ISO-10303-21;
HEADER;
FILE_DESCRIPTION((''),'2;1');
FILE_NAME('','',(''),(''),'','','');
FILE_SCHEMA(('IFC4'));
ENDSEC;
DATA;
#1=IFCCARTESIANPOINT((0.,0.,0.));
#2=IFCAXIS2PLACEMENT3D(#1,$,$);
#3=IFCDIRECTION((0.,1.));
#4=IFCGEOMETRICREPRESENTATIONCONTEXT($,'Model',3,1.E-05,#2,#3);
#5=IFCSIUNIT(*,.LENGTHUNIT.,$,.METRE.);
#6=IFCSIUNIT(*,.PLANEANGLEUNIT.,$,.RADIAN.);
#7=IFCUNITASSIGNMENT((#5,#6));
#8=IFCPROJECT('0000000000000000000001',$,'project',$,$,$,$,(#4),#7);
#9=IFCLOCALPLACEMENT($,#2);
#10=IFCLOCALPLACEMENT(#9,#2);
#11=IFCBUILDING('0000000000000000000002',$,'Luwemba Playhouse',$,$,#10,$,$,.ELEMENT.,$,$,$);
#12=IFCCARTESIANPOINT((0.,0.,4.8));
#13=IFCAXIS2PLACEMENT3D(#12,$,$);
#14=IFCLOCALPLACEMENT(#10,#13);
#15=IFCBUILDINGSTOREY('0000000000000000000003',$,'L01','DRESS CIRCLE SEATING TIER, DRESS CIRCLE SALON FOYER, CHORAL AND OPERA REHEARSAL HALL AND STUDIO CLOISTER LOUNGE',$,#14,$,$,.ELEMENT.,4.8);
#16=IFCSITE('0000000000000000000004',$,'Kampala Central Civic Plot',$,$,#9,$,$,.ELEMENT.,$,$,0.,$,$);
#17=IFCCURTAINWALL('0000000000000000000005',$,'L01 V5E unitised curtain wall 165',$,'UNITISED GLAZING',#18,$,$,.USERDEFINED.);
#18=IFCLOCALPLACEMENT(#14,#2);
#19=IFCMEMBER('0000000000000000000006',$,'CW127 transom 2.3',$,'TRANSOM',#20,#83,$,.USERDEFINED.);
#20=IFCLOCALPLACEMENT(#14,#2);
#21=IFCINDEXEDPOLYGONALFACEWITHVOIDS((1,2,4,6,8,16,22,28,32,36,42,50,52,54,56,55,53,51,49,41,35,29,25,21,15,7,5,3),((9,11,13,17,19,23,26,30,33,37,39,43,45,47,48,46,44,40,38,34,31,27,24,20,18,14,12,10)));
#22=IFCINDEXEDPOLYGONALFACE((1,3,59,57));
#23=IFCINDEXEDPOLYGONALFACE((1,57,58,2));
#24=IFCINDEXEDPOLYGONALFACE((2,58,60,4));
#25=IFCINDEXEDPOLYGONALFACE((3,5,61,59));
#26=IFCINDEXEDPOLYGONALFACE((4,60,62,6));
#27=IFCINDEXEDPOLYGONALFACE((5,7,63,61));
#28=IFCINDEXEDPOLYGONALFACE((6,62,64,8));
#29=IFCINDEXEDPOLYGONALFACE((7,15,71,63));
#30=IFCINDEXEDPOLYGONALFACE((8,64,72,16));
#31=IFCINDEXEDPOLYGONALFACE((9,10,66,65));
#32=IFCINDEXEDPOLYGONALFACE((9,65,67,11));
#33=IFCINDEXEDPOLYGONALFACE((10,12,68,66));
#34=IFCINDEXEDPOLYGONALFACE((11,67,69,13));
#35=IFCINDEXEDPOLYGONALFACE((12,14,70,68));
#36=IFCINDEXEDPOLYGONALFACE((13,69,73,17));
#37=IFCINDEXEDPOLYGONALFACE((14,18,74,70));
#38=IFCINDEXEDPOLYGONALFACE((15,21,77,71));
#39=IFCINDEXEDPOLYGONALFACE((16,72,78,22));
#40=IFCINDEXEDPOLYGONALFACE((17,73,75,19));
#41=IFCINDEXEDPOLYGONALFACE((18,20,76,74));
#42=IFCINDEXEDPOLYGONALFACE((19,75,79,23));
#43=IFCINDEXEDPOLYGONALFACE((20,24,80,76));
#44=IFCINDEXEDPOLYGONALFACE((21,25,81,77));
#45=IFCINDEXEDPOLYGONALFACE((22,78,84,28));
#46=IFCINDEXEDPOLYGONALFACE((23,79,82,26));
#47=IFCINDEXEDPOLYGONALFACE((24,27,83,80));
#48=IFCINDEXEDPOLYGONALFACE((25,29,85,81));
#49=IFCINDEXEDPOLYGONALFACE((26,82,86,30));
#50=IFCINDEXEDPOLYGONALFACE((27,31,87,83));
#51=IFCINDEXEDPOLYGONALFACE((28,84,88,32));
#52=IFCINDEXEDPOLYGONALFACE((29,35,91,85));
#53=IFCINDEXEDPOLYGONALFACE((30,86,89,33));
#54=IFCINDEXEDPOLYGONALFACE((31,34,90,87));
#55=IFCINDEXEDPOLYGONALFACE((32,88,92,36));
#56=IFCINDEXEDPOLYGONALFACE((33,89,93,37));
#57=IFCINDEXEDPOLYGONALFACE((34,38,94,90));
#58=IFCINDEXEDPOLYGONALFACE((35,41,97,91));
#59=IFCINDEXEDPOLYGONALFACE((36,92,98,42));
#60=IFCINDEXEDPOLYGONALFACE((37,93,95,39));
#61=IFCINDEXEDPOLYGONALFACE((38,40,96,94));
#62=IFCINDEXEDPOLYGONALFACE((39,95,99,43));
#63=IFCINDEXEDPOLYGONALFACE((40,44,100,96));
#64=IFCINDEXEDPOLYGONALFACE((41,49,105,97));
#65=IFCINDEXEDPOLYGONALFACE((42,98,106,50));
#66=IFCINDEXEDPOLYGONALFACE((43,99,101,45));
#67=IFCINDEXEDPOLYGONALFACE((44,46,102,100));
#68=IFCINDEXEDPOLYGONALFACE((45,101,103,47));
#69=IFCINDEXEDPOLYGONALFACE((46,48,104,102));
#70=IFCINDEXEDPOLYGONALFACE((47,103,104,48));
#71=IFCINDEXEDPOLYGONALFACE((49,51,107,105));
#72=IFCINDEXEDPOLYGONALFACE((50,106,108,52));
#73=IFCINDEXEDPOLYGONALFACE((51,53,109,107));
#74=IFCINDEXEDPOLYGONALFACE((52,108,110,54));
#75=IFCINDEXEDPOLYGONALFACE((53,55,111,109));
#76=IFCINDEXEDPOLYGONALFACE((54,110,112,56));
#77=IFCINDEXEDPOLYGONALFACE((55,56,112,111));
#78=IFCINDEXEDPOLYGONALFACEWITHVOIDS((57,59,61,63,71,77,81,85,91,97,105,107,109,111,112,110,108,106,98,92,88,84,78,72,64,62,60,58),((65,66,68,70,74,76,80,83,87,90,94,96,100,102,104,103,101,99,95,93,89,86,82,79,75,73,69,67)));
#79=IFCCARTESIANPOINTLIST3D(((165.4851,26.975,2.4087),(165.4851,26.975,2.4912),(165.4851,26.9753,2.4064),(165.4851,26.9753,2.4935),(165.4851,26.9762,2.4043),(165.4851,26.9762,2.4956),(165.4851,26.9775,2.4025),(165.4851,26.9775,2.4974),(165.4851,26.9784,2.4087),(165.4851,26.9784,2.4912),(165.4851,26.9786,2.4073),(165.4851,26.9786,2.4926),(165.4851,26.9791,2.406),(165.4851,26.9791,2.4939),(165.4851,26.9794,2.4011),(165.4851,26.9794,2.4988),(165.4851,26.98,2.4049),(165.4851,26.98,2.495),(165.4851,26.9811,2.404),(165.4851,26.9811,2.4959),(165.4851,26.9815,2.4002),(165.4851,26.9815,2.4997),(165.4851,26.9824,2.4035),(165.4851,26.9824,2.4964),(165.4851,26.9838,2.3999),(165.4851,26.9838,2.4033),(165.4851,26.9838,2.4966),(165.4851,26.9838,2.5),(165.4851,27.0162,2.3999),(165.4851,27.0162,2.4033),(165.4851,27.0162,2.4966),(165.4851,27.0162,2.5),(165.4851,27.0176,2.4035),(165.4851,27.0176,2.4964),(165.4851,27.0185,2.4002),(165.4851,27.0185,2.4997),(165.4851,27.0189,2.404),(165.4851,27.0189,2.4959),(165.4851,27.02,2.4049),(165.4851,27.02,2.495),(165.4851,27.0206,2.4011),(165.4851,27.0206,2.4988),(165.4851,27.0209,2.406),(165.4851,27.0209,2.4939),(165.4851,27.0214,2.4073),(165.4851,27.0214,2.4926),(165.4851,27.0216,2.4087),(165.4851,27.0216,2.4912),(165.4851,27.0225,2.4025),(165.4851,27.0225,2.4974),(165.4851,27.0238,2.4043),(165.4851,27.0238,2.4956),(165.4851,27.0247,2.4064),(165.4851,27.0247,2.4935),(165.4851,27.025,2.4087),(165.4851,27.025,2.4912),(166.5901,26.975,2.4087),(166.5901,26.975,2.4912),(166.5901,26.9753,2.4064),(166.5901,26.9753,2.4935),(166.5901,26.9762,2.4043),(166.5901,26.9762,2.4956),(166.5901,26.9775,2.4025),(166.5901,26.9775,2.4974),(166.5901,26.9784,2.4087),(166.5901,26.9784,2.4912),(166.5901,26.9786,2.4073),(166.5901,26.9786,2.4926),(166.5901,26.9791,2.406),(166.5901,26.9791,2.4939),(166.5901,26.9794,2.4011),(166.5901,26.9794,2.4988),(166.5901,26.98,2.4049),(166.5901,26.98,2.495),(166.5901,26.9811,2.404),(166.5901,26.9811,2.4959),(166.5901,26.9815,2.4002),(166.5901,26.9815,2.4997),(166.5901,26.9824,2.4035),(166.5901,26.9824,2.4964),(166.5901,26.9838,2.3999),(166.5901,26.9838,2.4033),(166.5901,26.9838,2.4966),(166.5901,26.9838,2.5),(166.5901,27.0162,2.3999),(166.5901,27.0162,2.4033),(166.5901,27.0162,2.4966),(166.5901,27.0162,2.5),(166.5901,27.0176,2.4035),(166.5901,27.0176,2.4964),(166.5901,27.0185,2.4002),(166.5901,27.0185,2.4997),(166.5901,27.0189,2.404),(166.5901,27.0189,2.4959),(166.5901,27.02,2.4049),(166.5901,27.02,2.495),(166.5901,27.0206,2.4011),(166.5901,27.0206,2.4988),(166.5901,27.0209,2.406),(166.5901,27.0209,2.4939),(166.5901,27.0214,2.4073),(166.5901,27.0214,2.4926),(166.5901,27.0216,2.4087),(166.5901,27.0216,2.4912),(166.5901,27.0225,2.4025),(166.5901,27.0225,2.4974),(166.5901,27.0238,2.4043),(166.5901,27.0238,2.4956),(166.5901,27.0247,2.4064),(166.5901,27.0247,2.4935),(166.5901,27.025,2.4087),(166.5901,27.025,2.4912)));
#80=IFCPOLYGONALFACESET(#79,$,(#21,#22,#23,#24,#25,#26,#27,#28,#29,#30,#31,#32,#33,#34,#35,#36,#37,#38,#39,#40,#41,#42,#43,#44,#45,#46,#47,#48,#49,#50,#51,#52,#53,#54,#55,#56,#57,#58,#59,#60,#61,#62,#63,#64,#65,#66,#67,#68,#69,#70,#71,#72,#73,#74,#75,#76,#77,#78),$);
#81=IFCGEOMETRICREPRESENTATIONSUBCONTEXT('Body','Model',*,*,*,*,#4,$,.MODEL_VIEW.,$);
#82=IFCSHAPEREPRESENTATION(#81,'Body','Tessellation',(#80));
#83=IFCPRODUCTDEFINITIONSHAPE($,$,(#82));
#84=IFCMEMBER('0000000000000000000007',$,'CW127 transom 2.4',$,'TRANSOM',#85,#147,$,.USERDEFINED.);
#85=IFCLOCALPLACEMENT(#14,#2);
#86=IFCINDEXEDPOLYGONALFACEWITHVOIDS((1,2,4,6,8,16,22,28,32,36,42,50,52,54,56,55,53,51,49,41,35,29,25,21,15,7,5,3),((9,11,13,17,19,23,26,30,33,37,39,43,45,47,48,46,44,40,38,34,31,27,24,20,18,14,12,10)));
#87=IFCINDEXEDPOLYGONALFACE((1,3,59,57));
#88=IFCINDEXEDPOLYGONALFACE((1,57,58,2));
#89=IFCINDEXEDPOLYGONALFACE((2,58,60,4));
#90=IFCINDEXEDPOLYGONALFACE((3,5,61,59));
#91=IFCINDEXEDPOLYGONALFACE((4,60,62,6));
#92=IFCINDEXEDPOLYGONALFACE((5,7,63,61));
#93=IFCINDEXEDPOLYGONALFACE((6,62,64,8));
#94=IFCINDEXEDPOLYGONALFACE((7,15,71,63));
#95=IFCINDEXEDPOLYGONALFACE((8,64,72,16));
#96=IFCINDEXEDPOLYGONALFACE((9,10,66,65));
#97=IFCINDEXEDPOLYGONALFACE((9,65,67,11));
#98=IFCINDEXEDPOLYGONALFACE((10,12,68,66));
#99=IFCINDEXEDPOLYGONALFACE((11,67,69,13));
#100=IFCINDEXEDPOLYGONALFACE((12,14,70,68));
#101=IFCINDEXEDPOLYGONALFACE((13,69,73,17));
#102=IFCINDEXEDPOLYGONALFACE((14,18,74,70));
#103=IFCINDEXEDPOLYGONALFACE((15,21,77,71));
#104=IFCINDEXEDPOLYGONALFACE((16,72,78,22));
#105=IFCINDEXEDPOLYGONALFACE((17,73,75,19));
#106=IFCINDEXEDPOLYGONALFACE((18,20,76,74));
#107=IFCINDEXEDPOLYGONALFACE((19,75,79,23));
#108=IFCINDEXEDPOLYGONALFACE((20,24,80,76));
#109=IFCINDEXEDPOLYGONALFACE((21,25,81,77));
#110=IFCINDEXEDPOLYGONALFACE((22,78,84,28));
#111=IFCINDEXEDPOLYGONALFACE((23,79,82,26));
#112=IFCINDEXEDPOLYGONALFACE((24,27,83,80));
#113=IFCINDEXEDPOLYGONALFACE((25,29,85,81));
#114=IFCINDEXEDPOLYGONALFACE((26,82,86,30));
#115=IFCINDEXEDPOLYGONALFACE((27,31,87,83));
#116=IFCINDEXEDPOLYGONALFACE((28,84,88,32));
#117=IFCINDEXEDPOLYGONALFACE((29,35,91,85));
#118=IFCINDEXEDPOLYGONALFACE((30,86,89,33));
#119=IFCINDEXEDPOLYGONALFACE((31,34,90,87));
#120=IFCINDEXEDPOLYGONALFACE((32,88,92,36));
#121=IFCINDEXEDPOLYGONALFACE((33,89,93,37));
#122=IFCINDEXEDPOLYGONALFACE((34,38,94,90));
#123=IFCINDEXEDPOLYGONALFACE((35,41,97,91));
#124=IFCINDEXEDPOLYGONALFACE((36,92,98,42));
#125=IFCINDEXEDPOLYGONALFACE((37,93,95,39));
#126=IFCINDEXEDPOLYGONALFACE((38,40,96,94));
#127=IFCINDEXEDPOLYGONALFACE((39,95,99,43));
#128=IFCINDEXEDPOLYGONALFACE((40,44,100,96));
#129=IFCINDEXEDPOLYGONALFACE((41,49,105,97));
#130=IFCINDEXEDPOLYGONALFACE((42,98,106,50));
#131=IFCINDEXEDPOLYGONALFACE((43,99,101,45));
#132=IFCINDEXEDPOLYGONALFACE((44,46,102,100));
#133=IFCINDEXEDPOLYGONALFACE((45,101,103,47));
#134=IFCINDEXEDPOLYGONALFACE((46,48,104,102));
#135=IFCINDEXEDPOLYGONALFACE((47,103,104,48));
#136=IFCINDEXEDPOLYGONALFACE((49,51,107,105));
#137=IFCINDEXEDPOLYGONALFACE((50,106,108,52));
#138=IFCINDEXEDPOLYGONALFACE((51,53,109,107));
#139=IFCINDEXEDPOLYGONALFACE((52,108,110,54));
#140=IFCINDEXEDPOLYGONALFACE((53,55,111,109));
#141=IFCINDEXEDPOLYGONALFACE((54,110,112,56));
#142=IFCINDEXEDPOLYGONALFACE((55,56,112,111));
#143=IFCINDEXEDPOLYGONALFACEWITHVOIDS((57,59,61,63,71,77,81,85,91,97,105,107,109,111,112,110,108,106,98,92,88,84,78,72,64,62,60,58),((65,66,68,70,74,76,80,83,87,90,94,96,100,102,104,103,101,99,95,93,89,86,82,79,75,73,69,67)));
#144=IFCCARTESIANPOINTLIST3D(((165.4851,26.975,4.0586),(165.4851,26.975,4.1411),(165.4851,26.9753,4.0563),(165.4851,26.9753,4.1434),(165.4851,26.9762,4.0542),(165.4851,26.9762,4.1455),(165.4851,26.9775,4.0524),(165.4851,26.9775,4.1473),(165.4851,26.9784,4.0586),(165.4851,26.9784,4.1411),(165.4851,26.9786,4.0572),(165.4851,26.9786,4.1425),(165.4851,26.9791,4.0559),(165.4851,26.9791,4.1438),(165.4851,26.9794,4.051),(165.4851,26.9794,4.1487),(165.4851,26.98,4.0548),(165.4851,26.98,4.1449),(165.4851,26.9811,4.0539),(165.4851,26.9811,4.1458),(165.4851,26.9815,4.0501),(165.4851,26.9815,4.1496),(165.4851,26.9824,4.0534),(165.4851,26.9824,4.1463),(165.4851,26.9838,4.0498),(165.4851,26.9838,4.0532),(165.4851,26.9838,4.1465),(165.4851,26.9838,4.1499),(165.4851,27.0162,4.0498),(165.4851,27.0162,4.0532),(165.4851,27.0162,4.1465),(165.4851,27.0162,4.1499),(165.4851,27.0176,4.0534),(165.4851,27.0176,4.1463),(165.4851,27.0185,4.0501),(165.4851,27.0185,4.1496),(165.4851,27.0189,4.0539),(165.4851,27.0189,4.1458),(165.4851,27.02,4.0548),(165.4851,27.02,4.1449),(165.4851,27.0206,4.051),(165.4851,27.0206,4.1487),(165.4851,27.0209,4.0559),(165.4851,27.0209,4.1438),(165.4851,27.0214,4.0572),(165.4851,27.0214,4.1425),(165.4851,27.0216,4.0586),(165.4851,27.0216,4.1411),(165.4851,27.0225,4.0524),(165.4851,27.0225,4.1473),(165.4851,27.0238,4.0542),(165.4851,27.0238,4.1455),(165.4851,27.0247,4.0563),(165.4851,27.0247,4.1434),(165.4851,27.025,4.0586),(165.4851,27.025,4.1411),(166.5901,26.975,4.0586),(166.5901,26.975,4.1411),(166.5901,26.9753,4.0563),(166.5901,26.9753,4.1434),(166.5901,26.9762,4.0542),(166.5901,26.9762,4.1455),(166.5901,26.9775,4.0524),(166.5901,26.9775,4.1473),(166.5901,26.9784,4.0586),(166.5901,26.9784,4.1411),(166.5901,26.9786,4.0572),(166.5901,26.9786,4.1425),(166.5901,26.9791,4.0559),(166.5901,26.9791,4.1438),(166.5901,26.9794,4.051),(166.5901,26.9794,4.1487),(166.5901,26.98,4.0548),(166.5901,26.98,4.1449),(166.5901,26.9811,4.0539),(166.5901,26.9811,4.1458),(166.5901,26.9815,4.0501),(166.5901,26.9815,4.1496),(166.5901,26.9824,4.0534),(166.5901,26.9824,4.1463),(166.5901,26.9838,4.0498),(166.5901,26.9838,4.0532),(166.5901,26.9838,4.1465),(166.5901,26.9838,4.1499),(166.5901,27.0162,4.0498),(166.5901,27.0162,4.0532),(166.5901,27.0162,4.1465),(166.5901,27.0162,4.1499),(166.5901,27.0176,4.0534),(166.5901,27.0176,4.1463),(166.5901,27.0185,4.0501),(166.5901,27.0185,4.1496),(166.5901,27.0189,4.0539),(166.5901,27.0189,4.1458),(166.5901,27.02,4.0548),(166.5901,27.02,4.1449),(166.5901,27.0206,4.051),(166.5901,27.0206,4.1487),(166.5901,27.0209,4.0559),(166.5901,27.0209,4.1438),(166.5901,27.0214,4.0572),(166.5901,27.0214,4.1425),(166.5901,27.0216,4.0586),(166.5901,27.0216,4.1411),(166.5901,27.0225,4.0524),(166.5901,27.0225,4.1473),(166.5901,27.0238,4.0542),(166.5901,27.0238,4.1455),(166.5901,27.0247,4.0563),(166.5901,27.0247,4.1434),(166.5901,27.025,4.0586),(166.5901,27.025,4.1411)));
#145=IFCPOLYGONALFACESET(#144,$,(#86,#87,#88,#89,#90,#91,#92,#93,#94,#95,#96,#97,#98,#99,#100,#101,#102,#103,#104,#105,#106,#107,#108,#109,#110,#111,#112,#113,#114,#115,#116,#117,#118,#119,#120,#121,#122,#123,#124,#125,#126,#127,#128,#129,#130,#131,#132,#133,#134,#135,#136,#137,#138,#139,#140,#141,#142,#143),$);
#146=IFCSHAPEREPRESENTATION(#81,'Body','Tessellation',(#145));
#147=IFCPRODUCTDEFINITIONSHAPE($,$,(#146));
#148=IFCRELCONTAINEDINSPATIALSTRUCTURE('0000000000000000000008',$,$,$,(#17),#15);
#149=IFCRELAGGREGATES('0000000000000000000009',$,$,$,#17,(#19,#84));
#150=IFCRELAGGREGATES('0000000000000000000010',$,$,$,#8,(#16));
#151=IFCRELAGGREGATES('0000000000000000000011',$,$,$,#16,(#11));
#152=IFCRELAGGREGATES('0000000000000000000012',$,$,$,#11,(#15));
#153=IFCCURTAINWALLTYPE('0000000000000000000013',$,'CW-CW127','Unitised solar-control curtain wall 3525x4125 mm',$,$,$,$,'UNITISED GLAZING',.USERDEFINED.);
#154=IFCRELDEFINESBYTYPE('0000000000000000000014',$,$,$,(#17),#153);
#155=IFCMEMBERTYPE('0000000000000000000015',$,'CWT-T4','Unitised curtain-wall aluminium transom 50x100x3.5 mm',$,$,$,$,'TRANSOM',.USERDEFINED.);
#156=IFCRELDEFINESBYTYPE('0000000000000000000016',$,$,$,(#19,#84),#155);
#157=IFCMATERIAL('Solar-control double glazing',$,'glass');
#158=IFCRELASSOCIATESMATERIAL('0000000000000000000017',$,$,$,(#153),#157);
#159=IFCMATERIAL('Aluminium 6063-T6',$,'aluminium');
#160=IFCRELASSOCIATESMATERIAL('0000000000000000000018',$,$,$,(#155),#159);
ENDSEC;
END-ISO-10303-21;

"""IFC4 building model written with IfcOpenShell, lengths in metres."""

from ifc_helpers import new_model, si_unit, direction, frame, origin, origin_2d, place, context, subcontext, project, spatial, hollow_rectangle, extrude, material, material_profile, profile_set, type_object, element, aggregate, save


model = new_model("IFC4")

# Units and contexts
model_context = context("Model", 3, precision=1e-05, world=origin(), true_north=direction((0.0, 1.0)))
body_context = subcontext(model_context, "Body", "Model", "MODEL_VIEW")
ifc_project = project(units=[si_unit("LENGTHUNIT", "METRE"), si_unit("PLANEANGLEUNIT", "RADIAN")], contexts=[model_context])

# Site, building, storey
site_placement = place(None, origin())
site = spatial("IfcSite", under=ifc_project, at=site_placement, Name="Kampala Central Civic Plot", CompositionType="ELEMENT", RefElevation=0.0)
building_placement = place(site_placement, origin())
building = spatial("IfcBuilding", under=site, at=building_placement, Name="Luwemba Playhouse", CompositionType="ELEMENT")
storey_placement = place(building_placement, frame((0.0, 0.0, 4.8)))
storey = spatial("IfcBuildingStorey", under=building, at=storey_placement, Name="L01", Description="DRESS CIRCLE SEATING TIER, DRESS CIRCLE SALON FOYER, CHORAL AND OPERA REHEARSAL HALL AND STUDIO CLOISTER LOUNGE", CompositionType="ELEMENT", Elevation=4.8)

# Curtain wall
ifc_material_1 = material(Name="Solar-control double glazing", Category="glass")
ifc_material_2 = material(Name="Aluminium 6063-T6", Category="aluminium")
curtain_wall_type_1 = type_object("IfcCurtainWallType", Name="CW-CW127", Description="Unitised solar-control curtain wall 3525x4125 mm", ElementType="UNITISED GLAZING", PredefinedType="USERDEFINED", material=ifc_material_1)
curtain_wall_1_placement = place(storey_placement, origin())
curtain_wall_1 = element("IfcCurtainWall", 1, at=curtain_wall_1_placement, inside=storey, type_object=curtain_wall_type_1, Name="L01 V5E unitised curtain wall 165", ObjectType="UNITISED GLAZING", PredefinedType="USERDEFINED")

# Members
ifc_material_profile_1 = material_profile(ifc_material_2, hollow_rectangle(XDim=0.05, YDim=0.1001, WallThickness=0.0034, InnerFilletRadius=0.0054, OuterFilletRadius=0.0088, at=origin_2d()))
ifc_profile_set_1 = profile_set([ifc_material_profile_1], Name="Aluminium 6063-T6")
member_type_1 = type_object("IfcMemberType", Name="CWT-T4", Description="Unitised curtain-wall aluminium transom 50x100x3.5 mm", ElementType="TRANSOM", PredefinedType="USERDEFINED", material=ifc_profile_set_1)
member_1_placement = place(storey_placement, frame((165.4851, 27.0, 2.45), z_axis=(1.0, 0.0, 0.0), x_axis=(0.0, 1.0, 0.0)))
member_1 = element("IfcMember", 2, at=member_1_placement, type_object=member_type_1, Name="CW127 transom 2.3", ObjectType="TRANSOM", PredefinedType="USERDEFINED", context=body_context, shape_type="SweptSolid", body=[
    extrude(hollow_rectangle(XDim=0.05, YDim=0.1001, WallThickness=0.0034, InnerFilletRadius=0.0054, OuterFilletRadius=0.0088, at=origin_2d()), origin(), (0.0, 0.0, 1.0), 1.105),
])
member_2_placement = place(storey_placement, frame((165.4851, 27.0, 4.0999), z_axis=(1.0, 0.0, 0.0), x_axis=(0.0, 1.0, 0.0)))
member_2 = element("IfcMember", 3, at=member_2_placement, type_object=member_type_1, Name="CW127 transom 2.4", ObjectType="TRANSOM", PredefinedType="USERDEFINED", context=body_context, shape_type="SweptSolid", body=[
    extrude(hollow_rectangle(XDim=0.05, YDim=0.1001, WallThickness=0.0034, InnerFilletRadius=0.0054, OuterFilletRadius=0.0088, at=origin_2d()), origin(), (0.0, 0.0, 1.0), 1.105),
])

aggregate(curtain_wall_1, [member_1, member_2])

save(model, "model.ifc")
